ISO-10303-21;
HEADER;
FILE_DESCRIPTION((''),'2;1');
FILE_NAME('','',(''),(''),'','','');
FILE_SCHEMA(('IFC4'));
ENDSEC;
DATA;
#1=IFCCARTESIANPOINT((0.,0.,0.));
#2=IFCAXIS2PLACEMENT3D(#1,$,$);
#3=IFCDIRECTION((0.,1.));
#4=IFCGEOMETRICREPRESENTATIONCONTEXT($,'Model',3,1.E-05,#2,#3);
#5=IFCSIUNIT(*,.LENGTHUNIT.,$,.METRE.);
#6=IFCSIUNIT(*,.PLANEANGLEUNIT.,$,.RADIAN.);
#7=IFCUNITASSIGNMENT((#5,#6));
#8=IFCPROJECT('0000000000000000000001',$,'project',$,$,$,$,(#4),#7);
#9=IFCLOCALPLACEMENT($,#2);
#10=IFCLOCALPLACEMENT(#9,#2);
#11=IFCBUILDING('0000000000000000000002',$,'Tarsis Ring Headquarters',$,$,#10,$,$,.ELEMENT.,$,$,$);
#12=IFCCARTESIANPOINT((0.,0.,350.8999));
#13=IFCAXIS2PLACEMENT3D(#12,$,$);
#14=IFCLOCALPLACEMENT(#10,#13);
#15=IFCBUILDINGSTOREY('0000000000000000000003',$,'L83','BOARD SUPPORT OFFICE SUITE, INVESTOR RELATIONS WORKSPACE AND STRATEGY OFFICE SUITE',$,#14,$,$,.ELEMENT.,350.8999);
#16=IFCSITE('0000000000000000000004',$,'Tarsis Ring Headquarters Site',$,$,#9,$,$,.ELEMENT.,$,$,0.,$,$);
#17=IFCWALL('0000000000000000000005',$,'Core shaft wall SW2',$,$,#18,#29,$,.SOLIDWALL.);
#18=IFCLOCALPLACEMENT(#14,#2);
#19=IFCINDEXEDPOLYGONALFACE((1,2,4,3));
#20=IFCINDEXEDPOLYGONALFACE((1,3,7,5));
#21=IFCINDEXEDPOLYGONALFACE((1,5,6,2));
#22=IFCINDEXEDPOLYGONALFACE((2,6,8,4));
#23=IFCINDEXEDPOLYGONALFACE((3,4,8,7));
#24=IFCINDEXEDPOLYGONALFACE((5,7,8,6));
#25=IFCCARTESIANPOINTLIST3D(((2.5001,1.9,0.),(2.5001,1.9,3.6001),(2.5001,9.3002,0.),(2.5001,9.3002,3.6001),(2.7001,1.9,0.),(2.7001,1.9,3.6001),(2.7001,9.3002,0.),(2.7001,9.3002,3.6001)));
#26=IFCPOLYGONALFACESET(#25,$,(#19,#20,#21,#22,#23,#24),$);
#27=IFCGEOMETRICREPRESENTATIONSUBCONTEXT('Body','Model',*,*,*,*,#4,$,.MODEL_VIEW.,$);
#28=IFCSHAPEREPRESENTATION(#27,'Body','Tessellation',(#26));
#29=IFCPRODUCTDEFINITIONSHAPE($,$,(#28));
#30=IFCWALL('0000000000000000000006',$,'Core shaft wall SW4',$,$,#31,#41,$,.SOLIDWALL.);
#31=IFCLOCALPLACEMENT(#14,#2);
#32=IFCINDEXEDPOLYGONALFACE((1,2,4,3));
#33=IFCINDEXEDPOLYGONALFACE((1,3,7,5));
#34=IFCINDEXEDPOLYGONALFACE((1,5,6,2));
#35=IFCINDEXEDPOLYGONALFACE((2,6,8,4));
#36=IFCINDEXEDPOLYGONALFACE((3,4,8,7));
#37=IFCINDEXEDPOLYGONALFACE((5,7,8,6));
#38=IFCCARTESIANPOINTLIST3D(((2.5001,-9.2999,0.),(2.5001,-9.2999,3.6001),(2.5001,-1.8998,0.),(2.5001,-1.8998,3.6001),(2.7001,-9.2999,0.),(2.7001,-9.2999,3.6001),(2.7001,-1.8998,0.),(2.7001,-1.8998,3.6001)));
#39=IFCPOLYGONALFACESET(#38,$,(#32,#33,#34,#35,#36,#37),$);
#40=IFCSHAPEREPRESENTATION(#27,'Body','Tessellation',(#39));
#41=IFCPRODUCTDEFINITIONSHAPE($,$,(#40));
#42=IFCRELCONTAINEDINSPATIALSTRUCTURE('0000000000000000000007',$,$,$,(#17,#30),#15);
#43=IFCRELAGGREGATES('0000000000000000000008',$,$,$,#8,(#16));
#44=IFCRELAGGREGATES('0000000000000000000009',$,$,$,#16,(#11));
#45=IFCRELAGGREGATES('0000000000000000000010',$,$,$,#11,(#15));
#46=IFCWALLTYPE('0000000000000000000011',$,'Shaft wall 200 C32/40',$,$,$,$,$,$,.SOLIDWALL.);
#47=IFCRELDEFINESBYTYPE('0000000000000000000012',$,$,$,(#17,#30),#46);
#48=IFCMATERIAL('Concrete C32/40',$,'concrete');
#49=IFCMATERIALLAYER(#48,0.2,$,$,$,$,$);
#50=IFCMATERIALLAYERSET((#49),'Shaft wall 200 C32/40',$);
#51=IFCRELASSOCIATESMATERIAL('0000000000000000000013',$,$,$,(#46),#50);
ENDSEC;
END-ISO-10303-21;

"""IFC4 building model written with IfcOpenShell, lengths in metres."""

from ifc_helpers import new_model, si_unit, direction, frame, frame_2d, origin, place, context, subcontext, project, spatial, rectangle, extrude, material, layer, layer_set, type_object, element, save


model = new_model("IFC4")

# Units and contexts
model_context = context("Model", 3, precision=1e-05, world=origin(), true_north=direction((0.0, 1.0)))
body_context = subcontext(model_context, "Body", "Model", "MODEL_VIEW")
ifc_project = project(units=[si_unit("LENGTHUNIT", "METRE"), si_unit("PLANEANGLEUNIT", "RADIAN")], contexts=[model_context])

# Site, building, storey
site_placement = place(None, origin())
site = spatial("IfcSite", under=ifc_project, at=site_placement, Name="Tarsis Ring Headquarters Site", CompositionType="ELEMENT", RefElevation=0.0)
building_placement = place(site_placement, origin())
building = spatial("IfcBuilding", under=site, at=building_placement, Name="Tarsis Ring Headquarters", CompositionType="ELEMENT")
storey_placement = place(building_placement, frame((0.0, 0.0, 350.8999)))
storey = spatial("IfcBuildingStorey", under=building, at=storey_placement, Name="L83", Description="BOARD SUPPORT OFFICE SUITE, INVESTOR RELATIONS WORKSPACE AND STRATEGY OFFICE SUITE", CompositionType="ELEMENT", Elevation=350.8999)

# Walls
ifc_material_1 = material(Name="Concrete C32/40", Category="concrete")
ifc_layer_1 = layer(ifc_material_1, 0.2)
ifc_layer_set_1 = layer_set([ifc_layer_1], Name="Shaft wall 200 C32/40")
wall_type_1 = type_object("IfcWallType", Name="Shaft wall 200 C32/40", PredefinedType="SOLIDWALL", material=ifc_layer_set_1)
for number, where, z_axis, x_axis, name in (
    (1, (2.6001, 1.8999, 0.0), (0.0, 0.0, 1.0), (0.0, 1.0, 0.0), "Core shaft wall SW2"),
    (2, (2.6001, -9.3, 0.0), (0.0, 0.0, 1.0), (0.0, 1.0, 0.0), "Core shaft wall SW4"),
):
    element("IfcWall", number, at=place(storey_placement, frame(where, z_axis=z_axis, x_axis=x_axis)), inside=storey, type_object=wall_type_1, Name=name, PredefinedType="SOLIDWALL", context=body_context, shape_type="SweptSolid", body=[
        extrude(rectangle(XDim=7.4001, YDim=0.2, at=frame_2d((3.7002, 0.0))), origin(), (0.0, 0.0, 1.0), 3.6001),
    ])

save(model, "model.ifc")
